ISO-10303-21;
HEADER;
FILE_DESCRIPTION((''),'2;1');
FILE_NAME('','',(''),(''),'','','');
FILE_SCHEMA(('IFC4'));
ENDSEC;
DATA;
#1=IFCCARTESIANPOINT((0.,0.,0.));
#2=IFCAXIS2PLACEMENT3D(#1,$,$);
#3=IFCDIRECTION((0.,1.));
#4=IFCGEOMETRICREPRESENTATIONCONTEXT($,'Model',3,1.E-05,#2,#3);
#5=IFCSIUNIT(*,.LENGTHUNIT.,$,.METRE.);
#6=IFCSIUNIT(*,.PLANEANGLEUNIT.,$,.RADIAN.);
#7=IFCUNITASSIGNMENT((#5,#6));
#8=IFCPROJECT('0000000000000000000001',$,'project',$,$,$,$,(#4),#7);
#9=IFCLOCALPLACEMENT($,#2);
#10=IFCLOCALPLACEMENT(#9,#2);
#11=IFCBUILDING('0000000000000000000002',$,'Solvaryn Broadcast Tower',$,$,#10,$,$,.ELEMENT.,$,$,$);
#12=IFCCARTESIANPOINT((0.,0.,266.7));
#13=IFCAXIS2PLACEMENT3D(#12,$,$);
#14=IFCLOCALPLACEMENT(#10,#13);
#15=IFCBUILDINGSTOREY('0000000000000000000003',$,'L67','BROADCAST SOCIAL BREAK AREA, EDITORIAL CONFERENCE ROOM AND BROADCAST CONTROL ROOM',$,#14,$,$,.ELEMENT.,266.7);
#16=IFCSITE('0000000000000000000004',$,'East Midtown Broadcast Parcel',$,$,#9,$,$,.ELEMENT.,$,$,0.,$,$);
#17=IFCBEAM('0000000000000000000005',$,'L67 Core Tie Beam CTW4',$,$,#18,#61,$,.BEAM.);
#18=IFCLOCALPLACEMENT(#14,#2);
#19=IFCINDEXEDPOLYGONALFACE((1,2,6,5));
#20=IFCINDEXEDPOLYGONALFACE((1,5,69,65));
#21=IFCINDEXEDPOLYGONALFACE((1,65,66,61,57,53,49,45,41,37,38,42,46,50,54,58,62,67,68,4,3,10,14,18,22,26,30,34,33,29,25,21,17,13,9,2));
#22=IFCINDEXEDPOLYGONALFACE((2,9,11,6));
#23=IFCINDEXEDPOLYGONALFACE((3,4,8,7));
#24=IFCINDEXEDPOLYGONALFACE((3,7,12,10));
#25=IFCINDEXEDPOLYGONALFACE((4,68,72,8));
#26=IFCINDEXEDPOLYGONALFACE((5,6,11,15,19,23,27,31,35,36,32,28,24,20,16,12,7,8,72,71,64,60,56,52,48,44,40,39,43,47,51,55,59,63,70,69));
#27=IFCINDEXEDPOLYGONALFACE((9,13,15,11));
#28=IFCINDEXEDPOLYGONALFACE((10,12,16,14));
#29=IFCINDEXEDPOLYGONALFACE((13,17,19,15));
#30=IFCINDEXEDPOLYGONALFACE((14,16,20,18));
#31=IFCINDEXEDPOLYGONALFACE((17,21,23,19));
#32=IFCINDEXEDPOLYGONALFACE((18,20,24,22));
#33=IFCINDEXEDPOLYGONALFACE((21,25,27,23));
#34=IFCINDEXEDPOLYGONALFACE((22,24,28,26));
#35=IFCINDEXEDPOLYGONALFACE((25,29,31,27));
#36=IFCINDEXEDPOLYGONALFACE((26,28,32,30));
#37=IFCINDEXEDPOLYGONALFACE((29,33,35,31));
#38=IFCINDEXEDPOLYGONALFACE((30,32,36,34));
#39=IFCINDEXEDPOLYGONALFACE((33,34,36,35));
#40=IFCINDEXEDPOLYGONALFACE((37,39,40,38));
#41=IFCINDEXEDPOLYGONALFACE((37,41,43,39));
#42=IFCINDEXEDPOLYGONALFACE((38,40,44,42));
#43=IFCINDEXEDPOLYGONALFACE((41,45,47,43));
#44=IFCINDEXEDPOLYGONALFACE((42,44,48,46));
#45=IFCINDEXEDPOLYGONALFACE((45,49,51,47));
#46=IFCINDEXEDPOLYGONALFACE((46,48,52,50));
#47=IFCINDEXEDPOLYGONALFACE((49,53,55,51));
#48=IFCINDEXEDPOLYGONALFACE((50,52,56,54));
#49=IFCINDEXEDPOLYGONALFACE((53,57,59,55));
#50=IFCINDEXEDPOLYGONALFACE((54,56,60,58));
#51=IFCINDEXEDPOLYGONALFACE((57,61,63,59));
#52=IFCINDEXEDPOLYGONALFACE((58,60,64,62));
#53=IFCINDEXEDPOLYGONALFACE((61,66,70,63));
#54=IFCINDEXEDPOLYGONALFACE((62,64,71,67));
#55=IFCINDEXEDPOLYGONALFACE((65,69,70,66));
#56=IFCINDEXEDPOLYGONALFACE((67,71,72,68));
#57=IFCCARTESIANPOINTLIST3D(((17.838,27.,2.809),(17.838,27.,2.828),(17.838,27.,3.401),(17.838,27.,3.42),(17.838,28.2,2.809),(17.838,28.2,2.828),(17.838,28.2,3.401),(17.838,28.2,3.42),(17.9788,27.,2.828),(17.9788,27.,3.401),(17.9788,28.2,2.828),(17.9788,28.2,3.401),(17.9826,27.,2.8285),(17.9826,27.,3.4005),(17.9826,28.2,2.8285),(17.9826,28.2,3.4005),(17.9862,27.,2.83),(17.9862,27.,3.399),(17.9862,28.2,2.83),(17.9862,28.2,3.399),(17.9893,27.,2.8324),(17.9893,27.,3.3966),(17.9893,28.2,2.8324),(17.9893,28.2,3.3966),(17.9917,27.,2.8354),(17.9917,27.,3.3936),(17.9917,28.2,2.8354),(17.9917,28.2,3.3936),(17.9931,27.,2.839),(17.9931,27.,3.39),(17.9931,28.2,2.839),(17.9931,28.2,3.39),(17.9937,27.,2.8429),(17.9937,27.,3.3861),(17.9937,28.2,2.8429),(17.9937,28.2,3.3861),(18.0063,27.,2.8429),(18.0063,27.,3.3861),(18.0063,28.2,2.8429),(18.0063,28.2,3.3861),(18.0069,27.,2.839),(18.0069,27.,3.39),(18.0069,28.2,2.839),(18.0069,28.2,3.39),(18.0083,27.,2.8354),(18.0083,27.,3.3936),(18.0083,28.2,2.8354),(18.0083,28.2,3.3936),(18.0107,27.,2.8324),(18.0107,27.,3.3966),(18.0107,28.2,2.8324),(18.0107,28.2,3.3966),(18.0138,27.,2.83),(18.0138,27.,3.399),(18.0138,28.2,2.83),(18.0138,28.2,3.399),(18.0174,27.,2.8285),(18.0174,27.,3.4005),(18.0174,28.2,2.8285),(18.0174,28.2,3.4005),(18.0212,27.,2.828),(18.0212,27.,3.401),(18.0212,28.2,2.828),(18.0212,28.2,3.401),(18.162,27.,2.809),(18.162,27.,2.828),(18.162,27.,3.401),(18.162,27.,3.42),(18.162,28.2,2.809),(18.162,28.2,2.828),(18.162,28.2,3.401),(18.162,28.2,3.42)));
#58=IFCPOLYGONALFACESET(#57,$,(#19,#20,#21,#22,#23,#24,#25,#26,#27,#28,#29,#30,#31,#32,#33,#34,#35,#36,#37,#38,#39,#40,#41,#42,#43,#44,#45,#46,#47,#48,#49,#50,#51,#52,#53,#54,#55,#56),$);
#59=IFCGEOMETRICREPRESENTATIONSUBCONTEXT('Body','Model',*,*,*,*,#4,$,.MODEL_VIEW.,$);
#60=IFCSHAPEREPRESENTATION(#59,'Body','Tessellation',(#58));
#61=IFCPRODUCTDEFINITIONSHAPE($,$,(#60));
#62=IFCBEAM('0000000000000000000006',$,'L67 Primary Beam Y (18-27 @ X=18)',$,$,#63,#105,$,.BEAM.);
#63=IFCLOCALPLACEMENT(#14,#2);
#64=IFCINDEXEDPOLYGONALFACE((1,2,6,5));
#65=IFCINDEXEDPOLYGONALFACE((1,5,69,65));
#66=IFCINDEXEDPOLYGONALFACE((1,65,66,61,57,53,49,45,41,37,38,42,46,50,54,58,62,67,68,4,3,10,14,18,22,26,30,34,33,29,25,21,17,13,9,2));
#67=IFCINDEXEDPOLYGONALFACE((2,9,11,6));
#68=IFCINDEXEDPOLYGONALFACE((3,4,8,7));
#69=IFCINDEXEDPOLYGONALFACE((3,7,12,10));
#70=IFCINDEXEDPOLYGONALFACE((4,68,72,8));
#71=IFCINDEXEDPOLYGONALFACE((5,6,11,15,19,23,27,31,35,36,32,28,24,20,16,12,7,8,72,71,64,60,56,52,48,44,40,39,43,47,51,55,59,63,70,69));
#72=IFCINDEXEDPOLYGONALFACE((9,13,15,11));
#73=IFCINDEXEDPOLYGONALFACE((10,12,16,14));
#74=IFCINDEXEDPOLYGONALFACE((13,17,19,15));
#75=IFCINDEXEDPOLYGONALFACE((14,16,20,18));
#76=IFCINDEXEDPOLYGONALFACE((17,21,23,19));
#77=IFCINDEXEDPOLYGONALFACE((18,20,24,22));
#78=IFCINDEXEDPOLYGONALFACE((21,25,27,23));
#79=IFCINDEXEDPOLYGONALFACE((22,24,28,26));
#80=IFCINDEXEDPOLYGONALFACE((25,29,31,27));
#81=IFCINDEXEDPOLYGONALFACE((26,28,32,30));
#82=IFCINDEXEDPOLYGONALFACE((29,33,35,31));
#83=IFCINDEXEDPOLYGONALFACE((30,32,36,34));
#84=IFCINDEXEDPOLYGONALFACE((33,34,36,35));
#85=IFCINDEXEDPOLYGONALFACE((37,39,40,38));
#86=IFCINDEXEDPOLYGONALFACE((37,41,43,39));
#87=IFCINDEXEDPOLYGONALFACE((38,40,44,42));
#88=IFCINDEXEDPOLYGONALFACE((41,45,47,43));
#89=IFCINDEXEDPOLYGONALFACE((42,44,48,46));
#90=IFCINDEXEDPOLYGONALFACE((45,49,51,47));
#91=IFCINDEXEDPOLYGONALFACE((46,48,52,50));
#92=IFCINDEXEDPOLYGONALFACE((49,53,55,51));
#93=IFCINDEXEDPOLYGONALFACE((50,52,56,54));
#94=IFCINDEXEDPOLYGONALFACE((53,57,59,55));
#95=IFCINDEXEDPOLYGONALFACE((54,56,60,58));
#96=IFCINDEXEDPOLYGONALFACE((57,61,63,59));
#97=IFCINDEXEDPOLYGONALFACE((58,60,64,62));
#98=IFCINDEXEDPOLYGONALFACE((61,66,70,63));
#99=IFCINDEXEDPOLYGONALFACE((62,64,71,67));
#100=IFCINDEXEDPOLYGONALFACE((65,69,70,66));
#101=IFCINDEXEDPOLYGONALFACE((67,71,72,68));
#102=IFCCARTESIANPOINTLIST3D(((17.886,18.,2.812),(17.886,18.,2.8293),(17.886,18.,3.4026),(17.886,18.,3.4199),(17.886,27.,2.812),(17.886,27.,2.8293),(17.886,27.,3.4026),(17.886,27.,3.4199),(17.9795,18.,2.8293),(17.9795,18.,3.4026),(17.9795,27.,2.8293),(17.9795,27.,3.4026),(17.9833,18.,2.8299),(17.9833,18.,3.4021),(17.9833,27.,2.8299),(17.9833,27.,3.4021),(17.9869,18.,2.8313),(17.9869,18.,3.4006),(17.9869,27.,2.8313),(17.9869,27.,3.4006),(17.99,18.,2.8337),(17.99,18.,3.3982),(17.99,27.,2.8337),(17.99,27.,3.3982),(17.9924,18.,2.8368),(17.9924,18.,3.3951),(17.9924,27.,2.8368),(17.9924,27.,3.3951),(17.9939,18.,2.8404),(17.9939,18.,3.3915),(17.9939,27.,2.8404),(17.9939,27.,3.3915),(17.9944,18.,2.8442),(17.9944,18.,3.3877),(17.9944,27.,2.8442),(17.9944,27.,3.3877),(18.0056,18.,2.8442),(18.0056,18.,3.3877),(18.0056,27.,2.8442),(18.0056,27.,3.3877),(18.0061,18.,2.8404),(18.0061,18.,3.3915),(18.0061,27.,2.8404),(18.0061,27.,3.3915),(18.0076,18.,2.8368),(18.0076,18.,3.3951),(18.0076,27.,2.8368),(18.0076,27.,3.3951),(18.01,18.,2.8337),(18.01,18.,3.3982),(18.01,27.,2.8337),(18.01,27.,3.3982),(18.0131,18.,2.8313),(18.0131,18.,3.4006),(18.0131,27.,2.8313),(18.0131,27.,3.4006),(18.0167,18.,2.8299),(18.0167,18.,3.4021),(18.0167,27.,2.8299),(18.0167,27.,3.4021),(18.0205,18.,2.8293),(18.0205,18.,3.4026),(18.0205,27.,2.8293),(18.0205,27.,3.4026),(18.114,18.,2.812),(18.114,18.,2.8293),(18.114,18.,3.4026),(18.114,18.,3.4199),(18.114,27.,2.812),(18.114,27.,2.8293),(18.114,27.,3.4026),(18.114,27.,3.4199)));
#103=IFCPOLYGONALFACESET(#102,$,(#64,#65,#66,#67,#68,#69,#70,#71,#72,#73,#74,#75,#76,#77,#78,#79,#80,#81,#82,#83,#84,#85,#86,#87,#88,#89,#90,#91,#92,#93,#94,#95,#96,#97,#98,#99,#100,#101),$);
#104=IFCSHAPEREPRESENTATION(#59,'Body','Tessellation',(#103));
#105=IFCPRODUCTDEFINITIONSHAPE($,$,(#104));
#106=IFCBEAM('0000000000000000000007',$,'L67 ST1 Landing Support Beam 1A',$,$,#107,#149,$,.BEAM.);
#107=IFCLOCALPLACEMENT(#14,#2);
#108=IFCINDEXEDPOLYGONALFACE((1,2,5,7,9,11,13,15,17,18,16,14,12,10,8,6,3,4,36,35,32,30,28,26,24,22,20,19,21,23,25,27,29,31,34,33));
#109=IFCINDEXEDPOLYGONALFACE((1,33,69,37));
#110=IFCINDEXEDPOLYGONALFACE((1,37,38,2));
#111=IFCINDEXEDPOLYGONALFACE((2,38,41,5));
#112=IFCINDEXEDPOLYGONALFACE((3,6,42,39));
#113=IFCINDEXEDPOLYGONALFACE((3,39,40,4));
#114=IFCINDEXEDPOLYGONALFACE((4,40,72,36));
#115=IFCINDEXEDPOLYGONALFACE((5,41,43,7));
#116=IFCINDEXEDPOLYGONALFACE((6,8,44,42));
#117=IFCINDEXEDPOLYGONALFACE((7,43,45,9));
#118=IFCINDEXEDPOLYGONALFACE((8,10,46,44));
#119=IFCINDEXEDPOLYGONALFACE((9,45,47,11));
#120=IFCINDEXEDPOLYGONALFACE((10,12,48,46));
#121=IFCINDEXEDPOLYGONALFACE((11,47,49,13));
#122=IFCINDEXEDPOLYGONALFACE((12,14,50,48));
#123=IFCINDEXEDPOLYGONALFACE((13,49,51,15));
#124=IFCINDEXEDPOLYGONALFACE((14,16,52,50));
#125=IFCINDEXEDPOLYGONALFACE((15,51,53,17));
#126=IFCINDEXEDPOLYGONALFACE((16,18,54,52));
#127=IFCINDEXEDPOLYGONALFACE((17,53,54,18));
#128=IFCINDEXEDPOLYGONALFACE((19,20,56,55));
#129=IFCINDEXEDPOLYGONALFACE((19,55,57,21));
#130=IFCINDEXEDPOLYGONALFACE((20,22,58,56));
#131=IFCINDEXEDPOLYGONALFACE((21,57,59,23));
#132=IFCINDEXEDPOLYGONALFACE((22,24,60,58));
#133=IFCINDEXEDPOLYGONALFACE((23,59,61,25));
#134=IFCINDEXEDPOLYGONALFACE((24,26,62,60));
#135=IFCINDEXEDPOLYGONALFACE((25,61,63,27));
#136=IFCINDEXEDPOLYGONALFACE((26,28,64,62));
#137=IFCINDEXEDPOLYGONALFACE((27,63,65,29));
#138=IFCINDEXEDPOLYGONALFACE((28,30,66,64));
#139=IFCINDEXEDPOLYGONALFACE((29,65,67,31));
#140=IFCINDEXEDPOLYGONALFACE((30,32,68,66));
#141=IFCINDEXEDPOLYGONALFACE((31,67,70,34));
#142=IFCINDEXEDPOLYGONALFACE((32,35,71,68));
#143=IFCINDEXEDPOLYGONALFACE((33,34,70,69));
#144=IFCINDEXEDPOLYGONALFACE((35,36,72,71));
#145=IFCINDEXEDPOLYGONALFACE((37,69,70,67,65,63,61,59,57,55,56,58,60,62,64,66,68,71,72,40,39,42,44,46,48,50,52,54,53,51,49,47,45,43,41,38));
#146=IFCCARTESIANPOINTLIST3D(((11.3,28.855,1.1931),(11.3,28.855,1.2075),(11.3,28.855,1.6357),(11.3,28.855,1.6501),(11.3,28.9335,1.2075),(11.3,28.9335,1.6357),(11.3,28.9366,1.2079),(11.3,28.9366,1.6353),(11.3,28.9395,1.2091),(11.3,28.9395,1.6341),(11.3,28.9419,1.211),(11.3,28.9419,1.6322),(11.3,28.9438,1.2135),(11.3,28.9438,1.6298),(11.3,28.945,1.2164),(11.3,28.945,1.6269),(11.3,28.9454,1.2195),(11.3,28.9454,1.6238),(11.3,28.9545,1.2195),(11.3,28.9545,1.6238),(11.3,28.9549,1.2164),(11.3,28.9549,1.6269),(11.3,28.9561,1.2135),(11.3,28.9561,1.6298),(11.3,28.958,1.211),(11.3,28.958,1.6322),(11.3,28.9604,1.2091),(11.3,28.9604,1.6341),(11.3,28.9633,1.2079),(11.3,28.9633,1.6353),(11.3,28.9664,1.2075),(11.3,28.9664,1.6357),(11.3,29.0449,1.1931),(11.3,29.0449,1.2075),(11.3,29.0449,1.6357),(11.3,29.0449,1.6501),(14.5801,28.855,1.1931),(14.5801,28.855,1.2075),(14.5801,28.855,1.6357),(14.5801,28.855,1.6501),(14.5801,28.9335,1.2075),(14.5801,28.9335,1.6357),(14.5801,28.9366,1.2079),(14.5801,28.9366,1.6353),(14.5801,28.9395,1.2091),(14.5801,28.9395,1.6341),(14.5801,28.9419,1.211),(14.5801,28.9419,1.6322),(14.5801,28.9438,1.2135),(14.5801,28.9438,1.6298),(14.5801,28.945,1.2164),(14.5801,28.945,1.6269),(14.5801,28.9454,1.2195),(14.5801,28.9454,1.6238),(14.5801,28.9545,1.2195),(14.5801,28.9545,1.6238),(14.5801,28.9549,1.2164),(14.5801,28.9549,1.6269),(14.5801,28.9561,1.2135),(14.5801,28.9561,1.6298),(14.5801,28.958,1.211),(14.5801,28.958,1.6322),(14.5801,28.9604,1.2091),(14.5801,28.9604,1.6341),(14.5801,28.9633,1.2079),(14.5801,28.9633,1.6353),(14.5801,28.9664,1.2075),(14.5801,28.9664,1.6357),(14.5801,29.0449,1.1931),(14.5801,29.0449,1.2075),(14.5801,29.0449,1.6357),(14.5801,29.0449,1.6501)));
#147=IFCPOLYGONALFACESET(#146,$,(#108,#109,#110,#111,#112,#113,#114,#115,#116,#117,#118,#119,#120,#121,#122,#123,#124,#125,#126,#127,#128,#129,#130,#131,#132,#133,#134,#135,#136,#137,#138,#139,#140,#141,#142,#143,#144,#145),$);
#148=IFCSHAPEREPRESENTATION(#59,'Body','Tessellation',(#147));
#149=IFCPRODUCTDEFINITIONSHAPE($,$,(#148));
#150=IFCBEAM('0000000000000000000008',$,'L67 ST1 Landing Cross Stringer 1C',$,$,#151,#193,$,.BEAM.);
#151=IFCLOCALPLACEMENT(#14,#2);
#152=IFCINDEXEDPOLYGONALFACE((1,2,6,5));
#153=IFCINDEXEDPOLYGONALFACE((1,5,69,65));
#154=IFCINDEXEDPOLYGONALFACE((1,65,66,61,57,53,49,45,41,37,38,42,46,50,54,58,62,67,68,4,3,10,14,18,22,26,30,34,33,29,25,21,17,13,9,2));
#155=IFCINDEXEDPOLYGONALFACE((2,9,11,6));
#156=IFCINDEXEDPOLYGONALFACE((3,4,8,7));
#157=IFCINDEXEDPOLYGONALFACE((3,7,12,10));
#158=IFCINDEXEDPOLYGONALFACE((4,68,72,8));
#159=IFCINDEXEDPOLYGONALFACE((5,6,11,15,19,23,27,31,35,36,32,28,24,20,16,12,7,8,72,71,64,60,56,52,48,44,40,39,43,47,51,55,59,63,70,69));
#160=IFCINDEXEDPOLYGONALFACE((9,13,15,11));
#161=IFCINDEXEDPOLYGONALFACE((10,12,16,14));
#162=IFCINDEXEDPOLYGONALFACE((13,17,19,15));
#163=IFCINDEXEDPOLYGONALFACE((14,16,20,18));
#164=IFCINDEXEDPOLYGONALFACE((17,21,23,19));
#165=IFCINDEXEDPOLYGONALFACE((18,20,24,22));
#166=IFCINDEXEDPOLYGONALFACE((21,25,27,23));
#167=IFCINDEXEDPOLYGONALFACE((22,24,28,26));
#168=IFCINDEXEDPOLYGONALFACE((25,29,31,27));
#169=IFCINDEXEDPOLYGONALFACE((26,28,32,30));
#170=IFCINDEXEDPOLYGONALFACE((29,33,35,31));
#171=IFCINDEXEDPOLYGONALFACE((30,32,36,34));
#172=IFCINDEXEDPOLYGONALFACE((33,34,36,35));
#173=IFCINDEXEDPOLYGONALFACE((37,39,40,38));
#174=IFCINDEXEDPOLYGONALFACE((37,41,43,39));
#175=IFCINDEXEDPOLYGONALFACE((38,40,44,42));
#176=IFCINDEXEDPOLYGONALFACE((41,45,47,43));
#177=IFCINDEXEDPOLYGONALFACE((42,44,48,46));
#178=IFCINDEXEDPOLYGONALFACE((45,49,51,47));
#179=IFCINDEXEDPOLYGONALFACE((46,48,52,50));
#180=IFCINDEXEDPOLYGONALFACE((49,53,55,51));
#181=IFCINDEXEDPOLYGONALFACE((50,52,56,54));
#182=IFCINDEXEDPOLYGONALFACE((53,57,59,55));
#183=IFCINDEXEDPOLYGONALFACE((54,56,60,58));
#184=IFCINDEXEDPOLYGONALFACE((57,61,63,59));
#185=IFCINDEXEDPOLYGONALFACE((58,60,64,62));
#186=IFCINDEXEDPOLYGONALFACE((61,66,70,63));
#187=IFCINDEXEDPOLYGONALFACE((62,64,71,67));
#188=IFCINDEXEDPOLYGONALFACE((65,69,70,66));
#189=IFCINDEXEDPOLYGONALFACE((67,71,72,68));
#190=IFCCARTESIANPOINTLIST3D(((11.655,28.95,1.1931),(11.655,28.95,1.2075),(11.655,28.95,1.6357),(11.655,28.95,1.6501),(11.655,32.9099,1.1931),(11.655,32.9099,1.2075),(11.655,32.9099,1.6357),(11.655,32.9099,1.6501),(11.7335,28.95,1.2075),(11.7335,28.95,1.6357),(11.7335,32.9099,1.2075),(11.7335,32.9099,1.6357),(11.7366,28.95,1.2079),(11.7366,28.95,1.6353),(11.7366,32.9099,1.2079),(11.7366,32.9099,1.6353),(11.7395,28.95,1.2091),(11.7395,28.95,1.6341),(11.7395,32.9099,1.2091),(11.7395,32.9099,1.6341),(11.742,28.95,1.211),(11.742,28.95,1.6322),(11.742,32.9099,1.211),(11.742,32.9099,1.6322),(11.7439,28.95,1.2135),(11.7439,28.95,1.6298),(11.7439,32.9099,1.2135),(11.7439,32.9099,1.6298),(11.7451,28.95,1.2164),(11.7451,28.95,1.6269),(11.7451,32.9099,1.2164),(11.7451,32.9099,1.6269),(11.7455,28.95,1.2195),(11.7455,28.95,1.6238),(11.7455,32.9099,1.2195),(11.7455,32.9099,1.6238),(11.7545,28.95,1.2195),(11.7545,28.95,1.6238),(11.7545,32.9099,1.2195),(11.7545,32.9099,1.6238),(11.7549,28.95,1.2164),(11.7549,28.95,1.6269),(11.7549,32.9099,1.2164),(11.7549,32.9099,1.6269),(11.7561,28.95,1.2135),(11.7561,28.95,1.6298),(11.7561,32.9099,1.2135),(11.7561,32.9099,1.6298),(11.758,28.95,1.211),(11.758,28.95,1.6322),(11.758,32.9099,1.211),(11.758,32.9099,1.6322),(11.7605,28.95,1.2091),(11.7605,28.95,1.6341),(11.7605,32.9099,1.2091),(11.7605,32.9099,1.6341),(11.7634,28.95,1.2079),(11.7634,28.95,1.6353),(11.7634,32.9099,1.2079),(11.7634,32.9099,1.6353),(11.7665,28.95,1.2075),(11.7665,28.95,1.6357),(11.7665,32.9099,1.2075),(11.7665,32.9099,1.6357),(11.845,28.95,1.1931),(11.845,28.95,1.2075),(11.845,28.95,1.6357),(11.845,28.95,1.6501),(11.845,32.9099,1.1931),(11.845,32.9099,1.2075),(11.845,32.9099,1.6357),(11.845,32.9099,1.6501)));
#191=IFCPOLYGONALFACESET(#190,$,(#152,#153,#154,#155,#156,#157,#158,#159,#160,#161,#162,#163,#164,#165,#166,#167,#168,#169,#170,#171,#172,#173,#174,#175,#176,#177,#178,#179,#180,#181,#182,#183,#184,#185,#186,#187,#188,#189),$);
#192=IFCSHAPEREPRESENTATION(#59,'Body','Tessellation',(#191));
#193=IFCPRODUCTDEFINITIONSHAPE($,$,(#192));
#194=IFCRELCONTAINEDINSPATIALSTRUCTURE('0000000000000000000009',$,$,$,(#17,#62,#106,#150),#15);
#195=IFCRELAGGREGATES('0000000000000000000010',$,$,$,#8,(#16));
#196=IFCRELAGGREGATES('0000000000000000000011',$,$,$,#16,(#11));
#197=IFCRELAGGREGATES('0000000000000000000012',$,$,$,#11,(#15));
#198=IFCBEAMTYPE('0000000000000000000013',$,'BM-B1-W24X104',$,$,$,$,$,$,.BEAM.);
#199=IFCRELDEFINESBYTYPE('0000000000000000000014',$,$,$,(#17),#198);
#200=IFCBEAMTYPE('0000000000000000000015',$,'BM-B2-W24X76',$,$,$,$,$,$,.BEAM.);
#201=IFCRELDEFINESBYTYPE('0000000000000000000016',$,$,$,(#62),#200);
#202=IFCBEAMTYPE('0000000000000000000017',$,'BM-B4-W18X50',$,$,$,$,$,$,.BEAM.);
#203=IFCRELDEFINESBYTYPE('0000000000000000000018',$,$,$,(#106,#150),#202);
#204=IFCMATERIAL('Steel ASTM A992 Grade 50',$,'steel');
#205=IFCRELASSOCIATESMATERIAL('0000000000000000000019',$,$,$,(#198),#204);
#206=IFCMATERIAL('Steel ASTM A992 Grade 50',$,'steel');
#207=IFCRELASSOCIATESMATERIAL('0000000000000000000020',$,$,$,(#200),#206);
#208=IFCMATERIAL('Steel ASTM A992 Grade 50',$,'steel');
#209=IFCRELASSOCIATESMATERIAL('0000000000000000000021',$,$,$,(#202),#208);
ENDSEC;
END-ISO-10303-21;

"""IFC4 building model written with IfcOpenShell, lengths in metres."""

from ifc_helpers import new_model, si_unit, direction, frame, origin, origin_2d, place, context, subcontext, project, spatial, i_section, extrude, material, material_profile, profile_set, type_object, element, save


model = new_model("IFC4")

# Units and contexts
model_context = context("Model", 3, precision=1e-05, world=origin(), true_north=direction((0.0, 1.0)))
body_context = subcontext(model_context, "Body", "Model", "MODEL_VIEW")
ifc_project = project(units=[si_unit("LENGTHUNIT", "METRE"), si_unit("PLANEANGLEUNIT", "RADIAN")], contexts=[model_context])

# Site, building, storey
site_placement = place(None, origin())
site = spatial("IfcSite", under=ifc_project, at=site_placement, Name="East Midtown Broadcast Parcel", CompositionType="ELEMENT", RefElevation=0.0)
building_placement = place(site_placement, origin())
building = spatial("IfcBuilding", under=site, at=building_placement, Name="Solvaryn Broadcast Tower", CompositionType="ELEMENT")
storey_placement = place(building_placement, frame((0.0, 0.0, 266.7)))
storey = spatial("IfcBuildingStorey", under=building, at=storey_placement, Name="L67", Description="BROADCAST SOCIAL BREAK AREA, EDITORIAL CONFERENCE ROOM AND BROADCAST CONTROL ROOM", CompositionType="ELEMENT", Elevation=266.7)

# Beams
ifc_material_1 = material(Name="Steel ASTM A992 Grade 50", Category="steel")
ifc_material_profile_1 = material_profile(ifc_material_1, i_section(OverallWidth=0.324, OverallDepth=0.6111, WebThickness=0.0127, FlangeThickness=0.019, FilletRadius=0.0149, at=origin_2d()))
ifc_profile_set_1 = profile_set([ifc_material_profile_1], Name="Steel ASTM A992 Grade 50")
beam_type_1 = type_object("IfcBeamType", Name="BM-B1-W24X104", PredefinedType="BEAM", material=ifc_profile_set_1)
beam_1_placement = place(storey_placement, frame((18.0, 27.0, 3.1145), z_axis=(0.0, 1.0, 0.0), x_axis=(-1.0, 0.0, 0.0)))
element("IfcBeam", 1, at=beam_1_placement, inside=storey, type_object=beam_type_1, Name="L67 Core Tie Beam CTW4", PredefinedType="BEAM", context=body_context, shape_type="SweptSolid", body=[
    extrude(i_section(OverallWidth=0.324, OverallDepth=0.6111, WebThickness=0.0127, FlangeThickness=0.019, FilletRadius=0.0149, at=origin_2d()), origin(), (0.0, 0.0, 1.0), 1.2),
])
ifc_material_2 = material(Name="Steel ASTM A992 Grade 50", Category="steel")
ifc_material_profile_2 = material_profile(ifc_material_2, i_section(OverallWidth=0.228, OverallDepth=0.6079, WebThickness=0.0112, FlangeThickness=0.0173, FilletRadius=0.0149, at=origin_2d()))
ifc_profile_set_2 = profile_set([ifc_material_profile_2], Name="Steel ASTM A992 Grade 50")
beam_type_2 = type_object("IfcBeamType", Name="BM-B2-W24X76", PredefinedType="BEAM", material=ifc_profile_set_2)
beam_2_placement = place(storey_placement, frame((18.0, 18.0, 3.116), z_axis=(0.0, 1.0, 0.0), x_axis=(-1.0, 0.0, 0.0)))
element("IfcBeam", 2, at=beam_2_placement, inside=storey, type_object=beam_type_2, Name="L67 Primary Beam Y (18-27 @ X=18)", PredefinedType="BEAM", context=body_context, shape_type="SweptSolid", body=[
    extrude(i_section(OverallWidth=0.228, OverallDepth=0.6079, WebThickness=0.0112, FlangeThickness=0.0173, FilletRadius=0.0149, at=origin_2d()), origin(), (0.0, 0.0, 1.0), 9.0),
])
ifc_material_3 = material(Name="Steel ASTM A992 Grade 50", Category="steel")
ifc_material_profile_3 = material_profile(ifc_material_3, i_section(OverallWidth=0.1899, OverallDepth=0.457, WebThickness=0.009, FlangeThickness=0.0144, FilletRadius=0.012, at=origin_2d()))
ifc_profile_set_3 = profile_set([ifc_material_profile_3], Name="Steel ASTM A992 Grade 50")
beam_type_3 = type_object("IfcBeamType", Name="BM-B4-W18X50", PredefinedType="BEAM", material=ifc_profile_set_3)
beam_3_placement = place(storey_placement, frame((11.3, 28.95, 1.4216), z_axis=(1.0, 0.0, 0.0), x_axis=(0.0, 1.0, 0.0)))
element("IfcBeam", 3, at=beam_3_placement, inside=storey, type_object=beam_type_3, Name="L67 ST1 Landing Support Beam 1A", PredefinedType="BEAM", context=body_context, shape_type="SweptSolid", body=[
    extrude(i_section(OverallWidth=0.1899, OverallDepth=0.457, WebThickness=0.009, FlangeThickness=0.0144, FilletRadius=0.012, at=origin_2d()), origin(), (0.0, 0.0, 1.0), 3.28),
])
beam_4_placement = place(storey_placement, frame((11.75, 28.95, 1.4216), z_axis=(0.0, 1.0, 0.0), x_axis=(-1.0, 0.0, 0.0)))
element("IfcBeam", 4, at=beam_4_placement, inside=storey, type_object=beam_type_3, Name="L67 ST1 Landing Cross Stringer 1C", PredefinedType="BEAM", context=body_context, shape_type="SweptSolid", body=[
    extrude(i_section(OverallWidth=0.1899, OverallDepth=0.457, WebThickness=0.009, FlangeThickness=0.0144, FilletRadius=0.012, at=origin_2d()), origin(), (0.0, 0.0, 1.0), 3.96),
])

save(model, "model.ifc")
